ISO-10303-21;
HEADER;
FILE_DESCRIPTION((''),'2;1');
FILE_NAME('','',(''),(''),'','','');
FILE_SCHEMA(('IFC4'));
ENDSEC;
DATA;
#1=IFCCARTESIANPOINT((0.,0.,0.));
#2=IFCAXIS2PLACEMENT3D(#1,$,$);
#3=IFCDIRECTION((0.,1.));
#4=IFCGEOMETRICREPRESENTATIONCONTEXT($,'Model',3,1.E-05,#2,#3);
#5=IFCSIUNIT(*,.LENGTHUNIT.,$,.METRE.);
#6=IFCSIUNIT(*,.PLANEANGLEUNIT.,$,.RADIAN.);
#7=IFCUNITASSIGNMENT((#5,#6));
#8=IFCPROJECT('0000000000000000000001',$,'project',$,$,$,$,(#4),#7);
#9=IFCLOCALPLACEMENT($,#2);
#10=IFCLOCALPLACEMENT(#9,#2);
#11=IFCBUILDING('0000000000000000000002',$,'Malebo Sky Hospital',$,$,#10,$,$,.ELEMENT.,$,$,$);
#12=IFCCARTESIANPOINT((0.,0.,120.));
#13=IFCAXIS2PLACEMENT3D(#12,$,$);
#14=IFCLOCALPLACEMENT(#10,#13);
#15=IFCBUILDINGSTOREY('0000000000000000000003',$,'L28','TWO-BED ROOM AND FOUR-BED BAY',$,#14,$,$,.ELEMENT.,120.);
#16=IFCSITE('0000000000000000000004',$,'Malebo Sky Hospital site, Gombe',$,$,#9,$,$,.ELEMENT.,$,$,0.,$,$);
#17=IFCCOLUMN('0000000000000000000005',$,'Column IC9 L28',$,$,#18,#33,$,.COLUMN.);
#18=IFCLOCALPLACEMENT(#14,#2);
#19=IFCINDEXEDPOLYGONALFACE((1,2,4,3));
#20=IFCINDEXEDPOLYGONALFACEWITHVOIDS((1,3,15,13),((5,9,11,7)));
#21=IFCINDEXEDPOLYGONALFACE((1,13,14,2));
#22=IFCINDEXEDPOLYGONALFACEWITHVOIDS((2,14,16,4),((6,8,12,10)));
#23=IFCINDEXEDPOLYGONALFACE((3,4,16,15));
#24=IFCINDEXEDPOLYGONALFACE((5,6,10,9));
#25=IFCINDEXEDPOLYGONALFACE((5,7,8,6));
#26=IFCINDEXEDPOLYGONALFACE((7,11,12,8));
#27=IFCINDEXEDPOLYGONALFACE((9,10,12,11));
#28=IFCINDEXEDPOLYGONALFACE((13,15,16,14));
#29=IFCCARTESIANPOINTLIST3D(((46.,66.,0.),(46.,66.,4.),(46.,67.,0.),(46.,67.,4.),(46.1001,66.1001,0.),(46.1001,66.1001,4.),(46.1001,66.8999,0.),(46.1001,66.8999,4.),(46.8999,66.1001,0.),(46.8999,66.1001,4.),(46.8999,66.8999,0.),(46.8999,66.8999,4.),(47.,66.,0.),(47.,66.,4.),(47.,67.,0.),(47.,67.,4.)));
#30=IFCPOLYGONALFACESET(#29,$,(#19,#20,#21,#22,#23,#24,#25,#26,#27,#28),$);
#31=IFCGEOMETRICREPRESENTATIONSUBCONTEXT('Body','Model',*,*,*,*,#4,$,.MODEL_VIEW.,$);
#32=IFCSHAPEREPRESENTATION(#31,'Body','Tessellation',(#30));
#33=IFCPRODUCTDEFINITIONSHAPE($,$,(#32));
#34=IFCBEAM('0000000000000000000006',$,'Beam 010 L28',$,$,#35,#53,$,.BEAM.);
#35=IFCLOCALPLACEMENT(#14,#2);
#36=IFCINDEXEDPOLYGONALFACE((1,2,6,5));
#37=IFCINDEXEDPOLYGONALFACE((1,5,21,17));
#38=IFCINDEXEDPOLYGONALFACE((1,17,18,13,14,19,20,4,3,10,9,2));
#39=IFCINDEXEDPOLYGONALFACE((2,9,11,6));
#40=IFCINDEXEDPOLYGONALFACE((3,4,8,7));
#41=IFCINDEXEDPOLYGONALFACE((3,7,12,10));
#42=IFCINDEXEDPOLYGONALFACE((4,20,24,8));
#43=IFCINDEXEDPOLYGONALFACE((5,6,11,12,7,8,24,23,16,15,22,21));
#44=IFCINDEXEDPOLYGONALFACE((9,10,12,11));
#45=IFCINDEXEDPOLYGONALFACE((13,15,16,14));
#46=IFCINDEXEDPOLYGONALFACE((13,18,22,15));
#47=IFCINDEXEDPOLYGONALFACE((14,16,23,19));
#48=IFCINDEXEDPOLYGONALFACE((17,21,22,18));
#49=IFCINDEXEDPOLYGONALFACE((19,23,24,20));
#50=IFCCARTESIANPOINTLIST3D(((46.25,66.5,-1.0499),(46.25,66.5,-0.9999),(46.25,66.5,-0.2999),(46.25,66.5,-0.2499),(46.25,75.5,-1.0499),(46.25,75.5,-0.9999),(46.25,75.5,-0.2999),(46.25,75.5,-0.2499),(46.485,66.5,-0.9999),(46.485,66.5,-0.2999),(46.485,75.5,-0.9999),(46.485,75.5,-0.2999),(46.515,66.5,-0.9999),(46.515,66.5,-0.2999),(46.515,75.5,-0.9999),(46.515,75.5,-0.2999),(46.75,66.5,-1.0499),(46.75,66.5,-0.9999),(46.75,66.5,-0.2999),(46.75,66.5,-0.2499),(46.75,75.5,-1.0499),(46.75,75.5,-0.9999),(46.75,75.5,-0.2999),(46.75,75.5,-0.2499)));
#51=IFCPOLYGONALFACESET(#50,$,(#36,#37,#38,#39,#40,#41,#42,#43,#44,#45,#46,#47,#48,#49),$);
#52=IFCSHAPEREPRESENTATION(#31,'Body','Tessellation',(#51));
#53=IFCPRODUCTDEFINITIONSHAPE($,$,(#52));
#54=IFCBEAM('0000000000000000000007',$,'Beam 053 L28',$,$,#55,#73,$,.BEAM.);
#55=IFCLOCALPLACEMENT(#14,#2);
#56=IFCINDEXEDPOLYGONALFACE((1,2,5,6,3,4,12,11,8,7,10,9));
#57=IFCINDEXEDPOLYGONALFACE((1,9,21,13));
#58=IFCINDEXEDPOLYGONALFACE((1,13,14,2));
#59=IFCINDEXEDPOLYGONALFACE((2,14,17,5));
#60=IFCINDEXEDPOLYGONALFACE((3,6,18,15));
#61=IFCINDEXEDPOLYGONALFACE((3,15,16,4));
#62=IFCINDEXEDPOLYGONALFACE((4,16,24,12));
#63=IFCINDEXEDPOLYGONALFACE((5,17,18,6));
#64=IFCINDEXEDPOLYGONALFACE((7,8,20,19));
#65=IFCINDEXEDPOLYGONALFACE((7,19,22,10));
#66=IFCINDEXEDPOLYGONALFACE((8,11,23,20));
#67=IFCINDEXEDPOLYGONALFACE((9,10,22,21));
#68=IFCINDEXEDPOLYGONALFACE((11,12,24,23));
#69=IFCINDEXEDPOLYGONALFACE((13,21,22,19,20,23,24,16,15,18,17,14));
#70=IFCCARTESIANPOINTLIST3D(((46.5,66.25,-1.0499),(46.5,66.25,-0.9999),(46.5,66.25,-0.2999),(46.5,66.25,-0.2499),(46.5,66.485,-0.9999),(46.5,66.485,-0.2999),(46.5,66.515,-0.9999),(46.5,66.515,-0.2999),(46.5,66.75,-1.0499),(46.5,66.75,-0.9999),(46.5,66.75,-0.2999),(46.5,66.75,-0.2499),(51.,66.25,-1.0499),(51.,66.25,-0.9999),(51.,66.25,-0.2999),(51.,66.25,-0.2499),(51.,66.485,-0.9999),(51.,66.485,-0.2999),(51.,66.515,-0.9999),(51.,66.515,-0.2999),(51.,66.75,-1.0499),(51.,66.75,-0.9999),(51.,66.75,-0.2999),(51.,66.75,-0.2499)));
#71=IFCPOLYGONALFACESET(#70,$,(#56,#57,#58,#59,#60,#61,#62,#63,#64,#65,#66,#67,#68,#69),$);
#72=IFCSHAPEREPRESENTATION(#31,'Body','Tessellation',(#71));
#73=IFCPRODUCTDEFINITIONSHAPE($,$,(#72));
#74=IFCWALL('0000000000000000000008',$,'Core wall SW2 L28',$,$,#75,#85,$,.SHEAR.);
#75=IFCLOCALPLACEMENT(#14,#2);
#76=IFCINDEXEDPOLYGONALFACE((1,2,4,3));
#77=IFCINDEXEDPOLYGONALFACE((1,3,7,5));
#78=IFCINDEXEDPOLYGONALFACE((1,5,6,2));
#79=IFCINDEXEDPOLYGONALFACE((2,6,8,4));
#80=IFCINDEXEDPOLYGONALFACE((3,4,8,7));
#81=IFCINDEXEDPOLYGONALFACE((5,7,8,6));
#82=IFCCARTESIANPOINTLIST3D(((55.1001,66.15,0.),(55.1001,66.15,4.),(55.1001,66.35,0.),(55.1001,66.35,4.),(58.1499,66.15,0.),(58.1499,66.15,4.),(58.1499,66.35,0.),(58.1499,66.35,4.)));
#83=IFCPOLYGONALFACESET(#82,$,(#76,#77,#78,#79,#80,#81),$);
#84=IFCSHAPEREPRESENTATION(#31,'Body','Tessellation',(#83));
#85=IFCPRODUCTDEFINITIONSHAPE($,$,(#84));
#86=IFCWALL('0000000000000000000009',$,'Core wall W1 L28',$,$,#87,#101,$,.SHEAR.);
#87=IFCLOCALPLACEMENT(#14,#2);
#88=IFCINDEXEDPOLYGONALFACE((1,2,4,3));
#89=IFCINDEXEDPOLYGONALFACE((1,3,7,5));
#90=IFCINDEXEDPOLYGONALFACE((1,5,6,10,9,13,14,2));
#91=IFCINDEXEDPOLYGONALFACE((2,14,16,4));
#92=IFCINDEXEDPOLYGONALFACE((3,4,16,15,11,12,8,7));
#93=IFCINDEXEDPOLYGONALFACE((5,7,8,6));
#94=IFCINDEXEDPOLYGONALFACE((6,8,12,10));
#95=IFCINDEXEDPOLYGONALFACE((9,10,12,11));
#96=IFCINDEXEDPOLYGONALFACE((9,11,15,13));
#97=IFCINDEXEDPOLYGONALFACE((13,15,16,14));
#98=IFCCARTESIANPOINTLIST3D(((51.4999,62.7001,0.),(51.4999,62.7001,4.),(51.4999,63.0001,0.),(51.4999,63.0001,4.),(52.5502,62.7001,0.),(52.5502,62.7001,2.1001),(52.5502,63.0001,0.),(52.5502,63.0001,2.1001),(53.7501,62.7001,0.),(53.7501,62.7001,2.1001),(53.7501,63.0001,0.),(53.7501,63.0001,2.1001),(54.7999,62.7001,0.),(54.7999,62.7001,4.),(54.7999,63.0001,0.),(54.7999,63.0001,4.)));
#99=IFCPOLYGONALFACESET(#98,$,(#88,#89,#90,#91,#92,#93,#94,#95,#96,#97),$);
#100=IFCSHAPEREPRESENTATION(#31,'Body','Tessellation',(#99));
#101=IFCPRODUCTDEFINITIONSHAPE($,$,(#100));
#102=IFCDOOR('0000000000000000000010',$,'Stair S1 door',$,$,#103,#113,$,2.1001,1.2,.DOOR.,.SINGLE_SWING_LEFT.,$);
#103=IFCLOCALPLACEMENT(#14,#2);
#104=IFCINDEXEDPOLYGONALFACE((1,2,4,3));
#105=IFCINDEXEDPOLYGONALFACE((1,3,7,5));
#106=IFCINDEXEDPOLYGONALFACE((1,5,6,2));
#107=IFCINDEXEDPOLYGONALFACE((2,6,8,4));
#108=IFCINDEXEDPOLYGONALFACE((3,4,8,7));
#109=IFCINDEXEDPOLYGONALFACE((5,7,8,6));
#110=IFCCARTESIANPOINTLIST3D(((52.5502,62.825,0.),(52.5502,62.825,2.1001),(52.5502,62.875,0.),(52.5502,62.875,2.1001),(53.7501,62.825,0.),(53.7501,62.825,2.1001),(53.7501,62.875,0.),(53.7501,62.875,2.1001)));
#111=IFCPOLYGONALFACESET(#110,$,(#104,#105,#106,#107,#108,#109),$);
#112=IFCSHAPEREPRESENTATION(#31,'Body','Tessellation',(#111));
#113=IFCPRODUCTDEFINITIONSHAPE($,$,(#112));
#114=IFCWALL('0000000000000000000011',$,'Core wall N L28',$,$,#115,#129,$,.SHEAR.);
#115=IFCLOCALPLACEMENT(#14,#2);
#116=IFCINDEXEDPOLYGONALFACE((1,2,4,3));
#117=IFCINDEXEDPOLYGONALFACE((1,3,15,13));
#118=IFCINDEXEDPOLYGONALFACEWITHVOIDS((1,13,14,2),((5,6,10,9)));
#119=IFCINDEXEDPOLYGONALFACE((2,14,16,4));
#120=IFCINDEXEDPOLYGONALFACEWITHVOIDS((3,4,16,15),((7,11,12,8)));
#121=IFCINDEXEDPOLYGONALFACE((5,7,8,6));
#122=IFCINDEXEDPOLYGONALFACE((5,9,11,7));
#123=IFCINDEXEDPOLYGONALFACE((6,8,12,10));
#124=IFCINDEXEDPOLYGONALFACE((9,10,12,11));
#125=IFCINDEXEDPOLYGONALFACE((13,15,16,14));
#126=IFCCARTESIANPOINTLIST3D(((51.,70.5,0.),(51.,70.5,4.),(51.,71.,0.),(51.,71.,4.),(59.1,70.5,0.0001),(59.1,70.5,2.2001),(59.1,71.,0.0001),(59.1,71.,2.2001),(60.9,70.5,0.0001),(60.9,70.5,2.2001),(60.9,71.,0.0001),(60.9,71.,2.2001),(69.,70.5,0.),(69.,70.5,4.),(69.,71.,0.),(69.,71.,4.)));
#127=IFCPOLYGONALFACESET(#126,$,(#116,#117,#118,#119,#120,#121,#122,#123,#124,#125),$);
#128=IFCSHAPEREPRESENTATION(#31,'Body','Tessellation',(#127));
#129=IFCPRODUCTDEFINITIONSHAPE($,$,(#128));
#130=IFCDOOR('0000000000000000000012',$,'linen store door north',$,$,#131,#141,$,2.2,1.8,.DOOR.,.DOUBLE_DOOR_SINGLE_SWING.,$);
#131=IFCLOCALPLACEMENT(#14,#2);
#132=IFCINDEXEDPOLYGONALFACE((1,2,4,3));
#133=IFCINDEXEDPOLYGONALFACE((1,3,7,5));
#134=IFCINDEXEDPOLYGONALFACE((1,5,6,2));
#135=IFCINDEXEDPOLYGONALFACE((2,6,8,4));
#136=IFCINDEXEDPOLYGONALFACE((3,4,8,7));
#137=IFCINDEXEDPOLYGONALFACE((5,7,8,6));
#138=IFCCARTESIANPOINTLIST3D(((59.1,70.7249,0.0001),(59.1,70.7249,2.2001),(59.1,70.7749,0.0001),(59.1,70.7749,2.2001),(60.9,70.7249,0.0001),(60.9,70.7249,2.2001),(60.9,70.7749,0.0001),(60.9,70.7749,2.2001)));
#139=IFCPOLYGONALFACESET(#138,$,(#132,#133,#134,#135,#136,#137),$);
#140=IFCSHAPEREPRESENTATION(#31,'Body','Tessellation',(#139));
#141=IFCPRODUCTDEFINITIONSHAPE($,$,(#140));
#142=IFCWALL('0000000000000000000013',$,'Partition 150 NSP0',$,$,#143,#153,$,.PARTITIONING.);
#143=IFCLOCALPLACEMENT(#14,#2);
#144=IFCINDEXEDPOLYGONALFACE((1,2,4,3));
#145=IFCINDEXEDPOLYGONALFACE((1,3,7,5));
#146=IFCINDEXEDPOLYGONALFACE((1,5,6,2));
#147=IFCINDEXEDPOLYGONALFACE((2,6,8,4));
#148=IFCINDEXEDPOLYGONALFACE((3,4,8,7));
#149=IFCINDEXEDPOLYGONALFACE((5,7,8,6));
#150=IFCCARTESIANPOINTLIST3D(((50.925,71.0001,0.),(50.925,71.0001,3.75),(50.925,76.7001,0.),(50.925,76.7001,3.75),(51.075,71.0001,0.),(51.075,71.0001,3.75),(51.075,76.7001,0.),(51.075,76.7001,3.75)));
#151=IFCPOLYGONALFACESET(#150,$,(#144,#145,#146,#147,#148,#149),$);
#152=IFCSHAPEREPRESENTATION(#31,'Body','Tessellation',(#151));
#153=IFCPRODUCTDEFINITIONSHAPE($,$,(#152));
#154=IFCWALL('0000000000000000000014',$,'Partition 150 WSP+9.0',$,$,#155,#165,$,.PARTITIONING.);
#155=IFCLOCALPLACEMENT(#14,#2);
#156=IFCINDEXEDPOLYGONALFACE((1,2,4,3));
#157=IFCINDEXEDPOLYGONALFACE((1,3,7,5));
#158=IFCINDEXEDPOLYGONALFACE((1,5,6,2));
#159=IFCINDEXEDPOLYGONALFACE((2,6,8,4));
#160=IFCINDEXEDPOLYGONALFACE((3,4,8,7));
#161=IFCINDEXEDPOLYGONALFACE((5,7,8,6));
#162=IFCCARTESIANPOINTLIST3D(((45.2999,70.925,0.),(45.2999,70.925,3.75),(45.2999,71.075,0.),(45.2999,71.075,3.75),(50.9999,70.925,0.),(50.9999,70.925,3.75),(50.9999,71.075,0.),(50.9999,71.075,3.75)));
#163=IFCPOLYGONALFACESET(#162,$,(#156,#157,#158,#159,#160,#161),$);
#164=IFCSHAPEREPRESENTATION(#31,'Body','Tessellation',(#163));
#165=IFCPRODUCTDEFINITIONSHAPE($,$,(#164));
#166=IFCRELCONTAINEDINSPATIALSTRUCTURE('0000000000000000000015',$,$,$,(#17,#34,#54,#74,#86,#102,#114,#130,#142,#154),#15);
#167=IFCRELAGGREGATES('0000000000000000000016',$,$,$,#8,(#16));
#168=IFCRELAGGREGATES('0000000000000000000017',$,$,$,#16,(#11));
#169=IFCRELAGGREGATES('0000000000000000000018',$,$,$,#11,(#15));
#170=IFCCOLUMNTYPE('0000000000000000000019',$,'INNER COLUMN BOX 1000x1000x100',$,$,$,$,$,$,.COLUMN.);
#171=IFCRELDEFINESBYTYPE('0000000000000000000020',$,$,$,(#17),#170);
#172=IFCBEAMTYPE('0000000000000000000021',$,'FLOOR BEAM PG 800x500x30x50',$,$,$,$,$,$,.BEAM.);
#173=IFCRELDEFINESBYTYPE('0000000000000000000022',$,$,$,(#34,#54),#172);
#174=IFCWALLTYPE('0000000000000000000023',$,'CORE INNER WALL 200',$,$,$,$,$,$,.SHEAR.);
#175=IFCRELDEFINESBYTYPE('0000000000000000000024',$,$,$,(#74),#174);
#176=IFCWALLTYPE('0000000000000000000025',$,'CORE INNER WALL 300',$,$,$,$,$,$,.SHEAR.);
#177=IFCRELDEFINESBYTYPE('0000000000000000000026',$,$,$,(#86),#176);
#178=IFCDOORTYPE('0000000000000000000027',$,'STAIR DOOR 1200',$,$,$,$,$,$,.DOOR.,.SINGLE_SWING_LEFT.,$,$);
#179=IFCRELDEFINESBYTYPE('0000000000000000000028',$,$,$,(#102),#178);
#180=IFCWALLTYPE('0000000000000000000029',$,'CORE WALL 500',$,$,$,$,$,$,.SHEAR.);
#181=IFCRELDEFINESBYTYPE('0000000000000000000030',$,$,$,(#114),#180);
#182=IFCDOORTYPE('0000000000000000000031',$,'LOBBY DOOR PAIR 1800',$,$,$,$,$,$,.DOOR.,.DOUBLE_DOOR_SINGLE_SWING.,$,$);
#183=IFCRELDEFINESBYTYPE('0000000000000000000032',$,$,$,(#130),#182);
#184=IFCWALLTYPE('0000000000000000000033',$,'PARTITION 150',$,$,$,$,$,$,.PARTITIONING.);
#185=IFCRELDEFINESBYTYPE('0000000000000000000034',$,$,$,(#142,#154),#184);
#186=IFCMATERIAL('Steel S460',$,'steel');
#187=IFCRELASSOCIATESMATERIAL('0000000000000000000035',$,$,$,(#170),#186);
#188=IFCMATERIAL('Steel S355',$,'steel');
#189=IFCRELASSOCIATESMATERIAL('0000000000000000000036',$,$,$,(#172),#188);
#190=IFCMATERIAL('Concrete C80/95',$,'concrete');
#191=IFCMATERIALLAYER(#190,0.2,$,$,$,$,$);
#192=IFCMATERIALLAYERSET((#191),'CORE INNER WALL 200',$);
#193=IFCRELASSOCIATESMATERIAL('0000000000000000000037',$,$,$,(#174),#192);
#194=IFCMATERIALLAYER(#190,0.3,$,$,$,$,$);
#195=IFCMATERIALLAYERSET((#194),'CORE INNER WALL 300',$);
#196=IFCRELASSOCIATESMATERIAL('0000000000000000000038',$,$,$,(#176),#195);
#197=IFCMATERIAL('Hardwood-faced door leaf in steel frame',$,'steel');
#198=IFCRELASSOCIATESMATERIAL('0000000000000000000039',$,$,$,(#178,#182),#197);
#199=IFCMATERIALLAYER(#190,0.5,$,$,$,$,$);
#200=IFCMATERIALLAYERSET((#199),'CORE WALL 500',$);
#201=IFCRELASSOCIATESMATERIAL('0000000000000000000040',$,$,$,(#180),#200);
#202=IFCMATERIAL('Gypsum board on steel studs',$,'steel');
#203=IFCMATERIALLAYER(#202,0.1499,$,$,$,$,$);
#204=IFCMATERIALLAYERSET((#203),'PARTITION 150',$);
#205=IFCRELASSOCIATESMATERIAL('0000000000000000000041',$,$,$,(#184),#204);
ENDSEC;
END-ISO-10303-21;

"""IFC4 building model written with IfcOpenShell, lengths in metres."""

from ifc_helpers import new_model, si_unit, direction, frame, frame_2d, origin, origin_2d, place, context, subcontext, project, spatial, rectangle, hollow_rectangle, i_section, extrude, material, layer, layer_set, material_profile, profile_set, type_object, element, fill, save


model = new_model("IFC4")

# Units and contexts
model_context = context("Model", 3, precision=1e-05, world=origin(), true_north=direction((0.0, 1.0)))
body_context = subcontext(model_context, "Body", "Model", "MODEL_VIEW")
ifc_project = project(units=[si_unit("LENGTHUNIT", "METRE"), si_unit("PLANEANGLEUNIT", "RADIAN")], contexts=[model_context])

# Site, building, storey
site_placement = place(None, origin())
site = spatial("IfcSite", under=ifc_project, at=site_placement, Name="Malebo Sky Hospital site, Gombe", CompositionType="ELEMENT", RefElevation=0.0)
building_placement = place(site_placement, origin())
building = spatial("IfcBuilding", under=site, at=building_placement, Name="Malebo Sky Hospital", CompositionType="ELEMENT")
storey_placement = place(building_placement, frame((0.0, 0.0, 120.0)))
storey = spatial("IfcBuildingStorey", under=building, at=storey_placement, Name="L28", Description="TWO-BED ROOM AND FOUR-BED BAY", CompositionType="ELEMENT", Elevation=120.0)

# Column
ifc_material_1 = material(Name="Steel S460", Category="steel")
ifc_material_profile_1 = material_profile(ifc_material_1, hollow_rectangle(XDim=1.0, YDim=1.0, WallThickness=0.1001, at=origin_2d()), Name="BOX 1000x1000x100")
ifc_profile_set_1 = profile_set([ifc_material_profile_1], Name="Steel S460")
column_type = type_object("IfcColumnType", Name="INNER COLUMN BOX 1000x1000x100", PredefinedType="COLUMN", material=ifc_profile_set_1)
column_placement = place(storey_placement, frame((46.5, 66.5, 0.0), z_axis=(0.0, 0.0, 1.0), x_axis=(1.0, 0.0, 0.0)))
element("IfcColumn", 1, at=column_placement, inside=storey, type_object=column_type, Name="Column IC9 L28", PredefinedType="COLUMN", context=body_context, shape_type="SweptSolid", body=[
    extrude(hollow_rectangle(XDim=1.0, YDim=1.0, WallThickness=0.1001, at=origin_2d()), origin(), (0.0, 0.0, 1.0), 4.0),
])

# Beams
ifc_material_2 = material(Name="Steel S355", Category="steel")
ifc_material_profile_2 = material_profile(ifc_material_2, i_section(OverallWidth=0.5, OverallDepth=0.8, WebThickness=0.03, FlangeThickness=0.05, at=origin_2d()), Name="PG 800x500x30x50")
ifc_profile_set_2 = profile_set([ifc_material_profile_2], Name="Steel S355")
beam_type = type_object("IfcBeamType", Name="FLOOR BEAM PG 800x500x30x50", PredefinedType="BEAM", material=ifc_profile_set_2)
beam_1_placement = place(storey_placement, frame((46.5, 66.5, -0.6499), z_axis=(0.0, 1.0, 0.0), x_axis=(-1.0, 0.0, 0.0)))
element("IfcBeam", 2, at=beam_1_placement, inside=storey, type_object=beam_type, Name="Beam 010 L28", PredefinedType="BEAM", context=body_context, shape_type="SweptSolid", body=[
    extrude(i_section(OverallWidth=0.5, OverallDepth=0.8, WebThickness=0.03, FlangeThickness=0.05, at=origin_2d()), origin(), (0.0, 0.0, 1.0), 9.0),
])
beam_2_placement = place(storey_placement, frame((46.5, 66.5, -0.6499), z_axis=(1.0, 0.0, 0.0), x_axis=(0.0, 1.0, 0.0)))
element("IfcBeam", 3, at=beam_2_placement, inside=storey, type_object=beam_type, Name="Beam 053 L28", PredefinedType="BEAM", context=body_context, shape_type="SweptSolid", body=[
    extrude(i_section(OverallWidth=0.5, OverallDepth=0.8, WebThickness=0.03, FlangeThickness=0.05, at=origin_2d()), origin(), (0.0, 0.0, 1.0), 4.5),
])

# Wall
ifc_material_3 = material(Name="Concrete C80/95", Category="concrete")
ifc_layer_1 = layer(ifc_material_3, 0.2)
ifc_layer_set_1 = layer_set([ifc_layer_1], Name="CORE INNER WALL 200")
wall_type_1 = type_object("IfcWallType", Name="CORE INNER WALL 200", PredefinedType="SHEAR", material=ifc_layer_set_1)
wall_1_placement = place(storey_placement, frame((55.1001, 66.25, 0.0), z_axis=(0.0, 0.0, 1.0), x_axis=(1.0, 0.0, 0.0)))
element("IfcWall", 4, at=wall_1_placement, inside=storey, type_object=wall_type_1, Name="Core wall SW2 L28", PredefinedType="SHEAR", context=body_context, shape_type="SweptSolid", body=[
    extrude(rectangle(XDim=3.0498, YDim=0.2, at=frame_2d((1.5249, 0.0))), origin(), (0.0, 0.0, 1.0), 4.0),
])

# Walls, openings, doors
ifc_layer_2 = layer(ifc_material_3, 0.3)
ifc_layer_set_2 = layer_set([ifc_layer_2], Name="CORE INNER WALL 300")
wall_type_2 = type_object("IfcWallType", Name="CORE INNER WALL 300", PredefinedType="SHEAR", material=ifc_layer_set_2)
wall_2_placement = place(storey_placement, frame((51.5, 62.8501, 0.0), z_axis=(0.0, 0.0, 1.0), x_axis=(1.0, 0.0, 0.0)))
wall_2 = element("IfcWall", 5, at=wall_2_placement, inside=storey, type_object=wall_type_2, Name="Core wall W1 L28", PredefinedType="SHEAR", context=body_context, shape_type="SweptSolid", body=[
    extrude(rectangle(XDim=3.3, YDim=0.3, at=frame_2d((1.6499, 0.0))), origin(), (0.0, 0.0, 1.0), 4.0),
])
opening_1_placement = place(wall_2_placement, frame((1.05, 0.0, 0.0)))
opening_1 = element("IfcOpeningElement", 6, at=opening_1_placement, cuts=wall_2, PredefinedType="OPENING", context=body_context, shape_type="SweptSolid", body=[
    extrude(rectangle(XDim=1.2, YDim=2.1001, at=frame_2d((0.6001, 1.05))), frame((0.0, 0.1599, 0.0), z_axis=(0.0, -1.0, 0.0), x_axis=(1.0, 0.0, 0.0)), (0.0, 0.0, 1.0), 0.3201),
])
ifc_material_4 = material(Name="Hardwood-faced door leaf in steel frame", Category="steel")
door_type_1 = type_object("IfcDoorType", Name="STAIR DOOR 1200", OperationType="SINGLE_SWING_LEFT", PredefinedType="DOOR", material=ifc_material_4)
door_1_placement = place(opening_1_placement, origin())
door_1 = element("IfcDoor", 7, at=door_1_placement, inside=storey, type_object=door_type_1, Name="Stair S1 door", OperationType="SINGLE_SWING_LEFT", OverallHeight=2.1001, OverallWidth=1.2, PredefinedType="DOOR", context=body_context, shape_type="SweptSolid", body=[
    extrude(rectangle(XDim=1.2, YDim=2.1001, at=frame_2d((0.6001, 1.05))), frame((0.0, 0.0249, 0.0), z_axis=(0.0, -1.0, 0.0), x_axis=(1.0, 0.0, 0.0)), (0.0, 0.0, 1.0), 0.05),
])
fill(opening_1, door_1)
ifc_layer_3 = layer(ifc_material_3, 0.5)
ifc_layer_set_3 = layer_set([ifc_layer_3], Name="CORE WALL 500")
wall_type_3 = type_object("IfcWallType", Name="CORE WALL 500", PredefinedType="SHEAR", material=ifc_layer_set_3)
wall_3_placement = place(storey_placement, frame((51.0, 70.75, 0.0), z_axis=(0.0, 0.0, 1.0), x_axis=(1.0, 0.0, 0.0)))
wall_3 = element("IfcWall", 8, at=wall_3_placement, inside=storey, type_object=wall_type_3, Name="Core wall N L28", PredefinedType="SHEAR", context=body_context, shape_type="SweptSolid", body=[
    extrude(rectangle(XDim=18.0, YDim=0.5, at=frame_2d((9.0, 0.0))), origin(), (0.0, 0.0, 1.0), 4.0),
])
opening_2_placement = place(wall_3_placement, frame((8.1001, 0.0, 0.0)))
opening_2 = element("IfcOpeningElement", 9, at=opening_2_placement, cuts=wall_3, PredefinedType="OPENING", context=body_context, shape_type="SweptSolid", body=[
    extrude(rectangle(XDim=1.8, YDim=2.2, at=frame_2d((0.8999, 1.1001))), frame((0.0, 0.26, 0.0), z_axis=(0.0, -1.0, 0.0), x_axis=(1.0, 0.0, 0.0)), (0.0, 0.0, 1.0), 0.52),
])
door_type_2 = type_object("IfcDoorType", Name="LOBBY DOOR PAIR 1800", OperationType="DOUBLE_DOOR_SINGLE_SWING", PredefinedType="DOOR", material=ifc_material_4)
door_2_placement = place(opening_2_placement, origin())
door_2 = element("IfcDoor", 10, at=door_2_placement, inside=storey, type_object=door_type_2, Name="linen store door north", OperationType="DOUBLE_DOOR_SINGLE_SWING", OverallHeight=2.2, OverallWidth=1.8, PredefinedType="DOOR", context=body_context, shape_type="SweptSolid", body=[
    extrude(rectangle(XDim=1.8, YDim=2.2, at=frame_2d((0.8999, 1.1001))), frame((0.0, 0.0249, 0.0), z_axis=(0.0, -1.0, 0.0), x_axis=(1.0, 0.0, 0.0)), (0.0, 0.0, 1.0), 0.05),
])
fill(opening_2, door_2)

# Walls
ifc_material_5 = material(Name="Gypsum board on steel studs", Category="steel")
ifc_layer_4 = layer(ifc_material_5, 0.1499)
ifc_layer_set_4 = layer_set([ifc_layer_4], Name="PARTITION 150")
wall_type_4 = type_object("IfcWallType", Name="PARTITION 150", PredefinedType="PARTITIONING", material=ifc_layer_set_4)
for number, where, z_axis, x_axis, name in (
    (11, (51.0, 71.0, 0.0), (0.0, 0.0, 1.0), (0.0, 1.0, 0.0), "Partition 150 NSP0"),
    (12, (51.0, 71.0, 0.0), (0.0, 0.0, 1.0), (-1.0, 0.0, 0.0), "Partition 150 WSP+9.0"),
):
    element("IfcWall", number, at=place(storey_placement, frame(where, z_axis=z_axis, x_axis=x_axis)), inside=storey, type_object=wall_type_4, Name=name, PredefinedType="PARTITIONING", context=body_context, shape_type="SweptSolid", body=[
        extrude(rectangle(XDim=5.7, YDim=0.1499, at=frame_2d((2.8501, 0.0))), origin(), (0.0, 0.0, 1.0), 3.75),
    ])

save(model, "model.ifc")
